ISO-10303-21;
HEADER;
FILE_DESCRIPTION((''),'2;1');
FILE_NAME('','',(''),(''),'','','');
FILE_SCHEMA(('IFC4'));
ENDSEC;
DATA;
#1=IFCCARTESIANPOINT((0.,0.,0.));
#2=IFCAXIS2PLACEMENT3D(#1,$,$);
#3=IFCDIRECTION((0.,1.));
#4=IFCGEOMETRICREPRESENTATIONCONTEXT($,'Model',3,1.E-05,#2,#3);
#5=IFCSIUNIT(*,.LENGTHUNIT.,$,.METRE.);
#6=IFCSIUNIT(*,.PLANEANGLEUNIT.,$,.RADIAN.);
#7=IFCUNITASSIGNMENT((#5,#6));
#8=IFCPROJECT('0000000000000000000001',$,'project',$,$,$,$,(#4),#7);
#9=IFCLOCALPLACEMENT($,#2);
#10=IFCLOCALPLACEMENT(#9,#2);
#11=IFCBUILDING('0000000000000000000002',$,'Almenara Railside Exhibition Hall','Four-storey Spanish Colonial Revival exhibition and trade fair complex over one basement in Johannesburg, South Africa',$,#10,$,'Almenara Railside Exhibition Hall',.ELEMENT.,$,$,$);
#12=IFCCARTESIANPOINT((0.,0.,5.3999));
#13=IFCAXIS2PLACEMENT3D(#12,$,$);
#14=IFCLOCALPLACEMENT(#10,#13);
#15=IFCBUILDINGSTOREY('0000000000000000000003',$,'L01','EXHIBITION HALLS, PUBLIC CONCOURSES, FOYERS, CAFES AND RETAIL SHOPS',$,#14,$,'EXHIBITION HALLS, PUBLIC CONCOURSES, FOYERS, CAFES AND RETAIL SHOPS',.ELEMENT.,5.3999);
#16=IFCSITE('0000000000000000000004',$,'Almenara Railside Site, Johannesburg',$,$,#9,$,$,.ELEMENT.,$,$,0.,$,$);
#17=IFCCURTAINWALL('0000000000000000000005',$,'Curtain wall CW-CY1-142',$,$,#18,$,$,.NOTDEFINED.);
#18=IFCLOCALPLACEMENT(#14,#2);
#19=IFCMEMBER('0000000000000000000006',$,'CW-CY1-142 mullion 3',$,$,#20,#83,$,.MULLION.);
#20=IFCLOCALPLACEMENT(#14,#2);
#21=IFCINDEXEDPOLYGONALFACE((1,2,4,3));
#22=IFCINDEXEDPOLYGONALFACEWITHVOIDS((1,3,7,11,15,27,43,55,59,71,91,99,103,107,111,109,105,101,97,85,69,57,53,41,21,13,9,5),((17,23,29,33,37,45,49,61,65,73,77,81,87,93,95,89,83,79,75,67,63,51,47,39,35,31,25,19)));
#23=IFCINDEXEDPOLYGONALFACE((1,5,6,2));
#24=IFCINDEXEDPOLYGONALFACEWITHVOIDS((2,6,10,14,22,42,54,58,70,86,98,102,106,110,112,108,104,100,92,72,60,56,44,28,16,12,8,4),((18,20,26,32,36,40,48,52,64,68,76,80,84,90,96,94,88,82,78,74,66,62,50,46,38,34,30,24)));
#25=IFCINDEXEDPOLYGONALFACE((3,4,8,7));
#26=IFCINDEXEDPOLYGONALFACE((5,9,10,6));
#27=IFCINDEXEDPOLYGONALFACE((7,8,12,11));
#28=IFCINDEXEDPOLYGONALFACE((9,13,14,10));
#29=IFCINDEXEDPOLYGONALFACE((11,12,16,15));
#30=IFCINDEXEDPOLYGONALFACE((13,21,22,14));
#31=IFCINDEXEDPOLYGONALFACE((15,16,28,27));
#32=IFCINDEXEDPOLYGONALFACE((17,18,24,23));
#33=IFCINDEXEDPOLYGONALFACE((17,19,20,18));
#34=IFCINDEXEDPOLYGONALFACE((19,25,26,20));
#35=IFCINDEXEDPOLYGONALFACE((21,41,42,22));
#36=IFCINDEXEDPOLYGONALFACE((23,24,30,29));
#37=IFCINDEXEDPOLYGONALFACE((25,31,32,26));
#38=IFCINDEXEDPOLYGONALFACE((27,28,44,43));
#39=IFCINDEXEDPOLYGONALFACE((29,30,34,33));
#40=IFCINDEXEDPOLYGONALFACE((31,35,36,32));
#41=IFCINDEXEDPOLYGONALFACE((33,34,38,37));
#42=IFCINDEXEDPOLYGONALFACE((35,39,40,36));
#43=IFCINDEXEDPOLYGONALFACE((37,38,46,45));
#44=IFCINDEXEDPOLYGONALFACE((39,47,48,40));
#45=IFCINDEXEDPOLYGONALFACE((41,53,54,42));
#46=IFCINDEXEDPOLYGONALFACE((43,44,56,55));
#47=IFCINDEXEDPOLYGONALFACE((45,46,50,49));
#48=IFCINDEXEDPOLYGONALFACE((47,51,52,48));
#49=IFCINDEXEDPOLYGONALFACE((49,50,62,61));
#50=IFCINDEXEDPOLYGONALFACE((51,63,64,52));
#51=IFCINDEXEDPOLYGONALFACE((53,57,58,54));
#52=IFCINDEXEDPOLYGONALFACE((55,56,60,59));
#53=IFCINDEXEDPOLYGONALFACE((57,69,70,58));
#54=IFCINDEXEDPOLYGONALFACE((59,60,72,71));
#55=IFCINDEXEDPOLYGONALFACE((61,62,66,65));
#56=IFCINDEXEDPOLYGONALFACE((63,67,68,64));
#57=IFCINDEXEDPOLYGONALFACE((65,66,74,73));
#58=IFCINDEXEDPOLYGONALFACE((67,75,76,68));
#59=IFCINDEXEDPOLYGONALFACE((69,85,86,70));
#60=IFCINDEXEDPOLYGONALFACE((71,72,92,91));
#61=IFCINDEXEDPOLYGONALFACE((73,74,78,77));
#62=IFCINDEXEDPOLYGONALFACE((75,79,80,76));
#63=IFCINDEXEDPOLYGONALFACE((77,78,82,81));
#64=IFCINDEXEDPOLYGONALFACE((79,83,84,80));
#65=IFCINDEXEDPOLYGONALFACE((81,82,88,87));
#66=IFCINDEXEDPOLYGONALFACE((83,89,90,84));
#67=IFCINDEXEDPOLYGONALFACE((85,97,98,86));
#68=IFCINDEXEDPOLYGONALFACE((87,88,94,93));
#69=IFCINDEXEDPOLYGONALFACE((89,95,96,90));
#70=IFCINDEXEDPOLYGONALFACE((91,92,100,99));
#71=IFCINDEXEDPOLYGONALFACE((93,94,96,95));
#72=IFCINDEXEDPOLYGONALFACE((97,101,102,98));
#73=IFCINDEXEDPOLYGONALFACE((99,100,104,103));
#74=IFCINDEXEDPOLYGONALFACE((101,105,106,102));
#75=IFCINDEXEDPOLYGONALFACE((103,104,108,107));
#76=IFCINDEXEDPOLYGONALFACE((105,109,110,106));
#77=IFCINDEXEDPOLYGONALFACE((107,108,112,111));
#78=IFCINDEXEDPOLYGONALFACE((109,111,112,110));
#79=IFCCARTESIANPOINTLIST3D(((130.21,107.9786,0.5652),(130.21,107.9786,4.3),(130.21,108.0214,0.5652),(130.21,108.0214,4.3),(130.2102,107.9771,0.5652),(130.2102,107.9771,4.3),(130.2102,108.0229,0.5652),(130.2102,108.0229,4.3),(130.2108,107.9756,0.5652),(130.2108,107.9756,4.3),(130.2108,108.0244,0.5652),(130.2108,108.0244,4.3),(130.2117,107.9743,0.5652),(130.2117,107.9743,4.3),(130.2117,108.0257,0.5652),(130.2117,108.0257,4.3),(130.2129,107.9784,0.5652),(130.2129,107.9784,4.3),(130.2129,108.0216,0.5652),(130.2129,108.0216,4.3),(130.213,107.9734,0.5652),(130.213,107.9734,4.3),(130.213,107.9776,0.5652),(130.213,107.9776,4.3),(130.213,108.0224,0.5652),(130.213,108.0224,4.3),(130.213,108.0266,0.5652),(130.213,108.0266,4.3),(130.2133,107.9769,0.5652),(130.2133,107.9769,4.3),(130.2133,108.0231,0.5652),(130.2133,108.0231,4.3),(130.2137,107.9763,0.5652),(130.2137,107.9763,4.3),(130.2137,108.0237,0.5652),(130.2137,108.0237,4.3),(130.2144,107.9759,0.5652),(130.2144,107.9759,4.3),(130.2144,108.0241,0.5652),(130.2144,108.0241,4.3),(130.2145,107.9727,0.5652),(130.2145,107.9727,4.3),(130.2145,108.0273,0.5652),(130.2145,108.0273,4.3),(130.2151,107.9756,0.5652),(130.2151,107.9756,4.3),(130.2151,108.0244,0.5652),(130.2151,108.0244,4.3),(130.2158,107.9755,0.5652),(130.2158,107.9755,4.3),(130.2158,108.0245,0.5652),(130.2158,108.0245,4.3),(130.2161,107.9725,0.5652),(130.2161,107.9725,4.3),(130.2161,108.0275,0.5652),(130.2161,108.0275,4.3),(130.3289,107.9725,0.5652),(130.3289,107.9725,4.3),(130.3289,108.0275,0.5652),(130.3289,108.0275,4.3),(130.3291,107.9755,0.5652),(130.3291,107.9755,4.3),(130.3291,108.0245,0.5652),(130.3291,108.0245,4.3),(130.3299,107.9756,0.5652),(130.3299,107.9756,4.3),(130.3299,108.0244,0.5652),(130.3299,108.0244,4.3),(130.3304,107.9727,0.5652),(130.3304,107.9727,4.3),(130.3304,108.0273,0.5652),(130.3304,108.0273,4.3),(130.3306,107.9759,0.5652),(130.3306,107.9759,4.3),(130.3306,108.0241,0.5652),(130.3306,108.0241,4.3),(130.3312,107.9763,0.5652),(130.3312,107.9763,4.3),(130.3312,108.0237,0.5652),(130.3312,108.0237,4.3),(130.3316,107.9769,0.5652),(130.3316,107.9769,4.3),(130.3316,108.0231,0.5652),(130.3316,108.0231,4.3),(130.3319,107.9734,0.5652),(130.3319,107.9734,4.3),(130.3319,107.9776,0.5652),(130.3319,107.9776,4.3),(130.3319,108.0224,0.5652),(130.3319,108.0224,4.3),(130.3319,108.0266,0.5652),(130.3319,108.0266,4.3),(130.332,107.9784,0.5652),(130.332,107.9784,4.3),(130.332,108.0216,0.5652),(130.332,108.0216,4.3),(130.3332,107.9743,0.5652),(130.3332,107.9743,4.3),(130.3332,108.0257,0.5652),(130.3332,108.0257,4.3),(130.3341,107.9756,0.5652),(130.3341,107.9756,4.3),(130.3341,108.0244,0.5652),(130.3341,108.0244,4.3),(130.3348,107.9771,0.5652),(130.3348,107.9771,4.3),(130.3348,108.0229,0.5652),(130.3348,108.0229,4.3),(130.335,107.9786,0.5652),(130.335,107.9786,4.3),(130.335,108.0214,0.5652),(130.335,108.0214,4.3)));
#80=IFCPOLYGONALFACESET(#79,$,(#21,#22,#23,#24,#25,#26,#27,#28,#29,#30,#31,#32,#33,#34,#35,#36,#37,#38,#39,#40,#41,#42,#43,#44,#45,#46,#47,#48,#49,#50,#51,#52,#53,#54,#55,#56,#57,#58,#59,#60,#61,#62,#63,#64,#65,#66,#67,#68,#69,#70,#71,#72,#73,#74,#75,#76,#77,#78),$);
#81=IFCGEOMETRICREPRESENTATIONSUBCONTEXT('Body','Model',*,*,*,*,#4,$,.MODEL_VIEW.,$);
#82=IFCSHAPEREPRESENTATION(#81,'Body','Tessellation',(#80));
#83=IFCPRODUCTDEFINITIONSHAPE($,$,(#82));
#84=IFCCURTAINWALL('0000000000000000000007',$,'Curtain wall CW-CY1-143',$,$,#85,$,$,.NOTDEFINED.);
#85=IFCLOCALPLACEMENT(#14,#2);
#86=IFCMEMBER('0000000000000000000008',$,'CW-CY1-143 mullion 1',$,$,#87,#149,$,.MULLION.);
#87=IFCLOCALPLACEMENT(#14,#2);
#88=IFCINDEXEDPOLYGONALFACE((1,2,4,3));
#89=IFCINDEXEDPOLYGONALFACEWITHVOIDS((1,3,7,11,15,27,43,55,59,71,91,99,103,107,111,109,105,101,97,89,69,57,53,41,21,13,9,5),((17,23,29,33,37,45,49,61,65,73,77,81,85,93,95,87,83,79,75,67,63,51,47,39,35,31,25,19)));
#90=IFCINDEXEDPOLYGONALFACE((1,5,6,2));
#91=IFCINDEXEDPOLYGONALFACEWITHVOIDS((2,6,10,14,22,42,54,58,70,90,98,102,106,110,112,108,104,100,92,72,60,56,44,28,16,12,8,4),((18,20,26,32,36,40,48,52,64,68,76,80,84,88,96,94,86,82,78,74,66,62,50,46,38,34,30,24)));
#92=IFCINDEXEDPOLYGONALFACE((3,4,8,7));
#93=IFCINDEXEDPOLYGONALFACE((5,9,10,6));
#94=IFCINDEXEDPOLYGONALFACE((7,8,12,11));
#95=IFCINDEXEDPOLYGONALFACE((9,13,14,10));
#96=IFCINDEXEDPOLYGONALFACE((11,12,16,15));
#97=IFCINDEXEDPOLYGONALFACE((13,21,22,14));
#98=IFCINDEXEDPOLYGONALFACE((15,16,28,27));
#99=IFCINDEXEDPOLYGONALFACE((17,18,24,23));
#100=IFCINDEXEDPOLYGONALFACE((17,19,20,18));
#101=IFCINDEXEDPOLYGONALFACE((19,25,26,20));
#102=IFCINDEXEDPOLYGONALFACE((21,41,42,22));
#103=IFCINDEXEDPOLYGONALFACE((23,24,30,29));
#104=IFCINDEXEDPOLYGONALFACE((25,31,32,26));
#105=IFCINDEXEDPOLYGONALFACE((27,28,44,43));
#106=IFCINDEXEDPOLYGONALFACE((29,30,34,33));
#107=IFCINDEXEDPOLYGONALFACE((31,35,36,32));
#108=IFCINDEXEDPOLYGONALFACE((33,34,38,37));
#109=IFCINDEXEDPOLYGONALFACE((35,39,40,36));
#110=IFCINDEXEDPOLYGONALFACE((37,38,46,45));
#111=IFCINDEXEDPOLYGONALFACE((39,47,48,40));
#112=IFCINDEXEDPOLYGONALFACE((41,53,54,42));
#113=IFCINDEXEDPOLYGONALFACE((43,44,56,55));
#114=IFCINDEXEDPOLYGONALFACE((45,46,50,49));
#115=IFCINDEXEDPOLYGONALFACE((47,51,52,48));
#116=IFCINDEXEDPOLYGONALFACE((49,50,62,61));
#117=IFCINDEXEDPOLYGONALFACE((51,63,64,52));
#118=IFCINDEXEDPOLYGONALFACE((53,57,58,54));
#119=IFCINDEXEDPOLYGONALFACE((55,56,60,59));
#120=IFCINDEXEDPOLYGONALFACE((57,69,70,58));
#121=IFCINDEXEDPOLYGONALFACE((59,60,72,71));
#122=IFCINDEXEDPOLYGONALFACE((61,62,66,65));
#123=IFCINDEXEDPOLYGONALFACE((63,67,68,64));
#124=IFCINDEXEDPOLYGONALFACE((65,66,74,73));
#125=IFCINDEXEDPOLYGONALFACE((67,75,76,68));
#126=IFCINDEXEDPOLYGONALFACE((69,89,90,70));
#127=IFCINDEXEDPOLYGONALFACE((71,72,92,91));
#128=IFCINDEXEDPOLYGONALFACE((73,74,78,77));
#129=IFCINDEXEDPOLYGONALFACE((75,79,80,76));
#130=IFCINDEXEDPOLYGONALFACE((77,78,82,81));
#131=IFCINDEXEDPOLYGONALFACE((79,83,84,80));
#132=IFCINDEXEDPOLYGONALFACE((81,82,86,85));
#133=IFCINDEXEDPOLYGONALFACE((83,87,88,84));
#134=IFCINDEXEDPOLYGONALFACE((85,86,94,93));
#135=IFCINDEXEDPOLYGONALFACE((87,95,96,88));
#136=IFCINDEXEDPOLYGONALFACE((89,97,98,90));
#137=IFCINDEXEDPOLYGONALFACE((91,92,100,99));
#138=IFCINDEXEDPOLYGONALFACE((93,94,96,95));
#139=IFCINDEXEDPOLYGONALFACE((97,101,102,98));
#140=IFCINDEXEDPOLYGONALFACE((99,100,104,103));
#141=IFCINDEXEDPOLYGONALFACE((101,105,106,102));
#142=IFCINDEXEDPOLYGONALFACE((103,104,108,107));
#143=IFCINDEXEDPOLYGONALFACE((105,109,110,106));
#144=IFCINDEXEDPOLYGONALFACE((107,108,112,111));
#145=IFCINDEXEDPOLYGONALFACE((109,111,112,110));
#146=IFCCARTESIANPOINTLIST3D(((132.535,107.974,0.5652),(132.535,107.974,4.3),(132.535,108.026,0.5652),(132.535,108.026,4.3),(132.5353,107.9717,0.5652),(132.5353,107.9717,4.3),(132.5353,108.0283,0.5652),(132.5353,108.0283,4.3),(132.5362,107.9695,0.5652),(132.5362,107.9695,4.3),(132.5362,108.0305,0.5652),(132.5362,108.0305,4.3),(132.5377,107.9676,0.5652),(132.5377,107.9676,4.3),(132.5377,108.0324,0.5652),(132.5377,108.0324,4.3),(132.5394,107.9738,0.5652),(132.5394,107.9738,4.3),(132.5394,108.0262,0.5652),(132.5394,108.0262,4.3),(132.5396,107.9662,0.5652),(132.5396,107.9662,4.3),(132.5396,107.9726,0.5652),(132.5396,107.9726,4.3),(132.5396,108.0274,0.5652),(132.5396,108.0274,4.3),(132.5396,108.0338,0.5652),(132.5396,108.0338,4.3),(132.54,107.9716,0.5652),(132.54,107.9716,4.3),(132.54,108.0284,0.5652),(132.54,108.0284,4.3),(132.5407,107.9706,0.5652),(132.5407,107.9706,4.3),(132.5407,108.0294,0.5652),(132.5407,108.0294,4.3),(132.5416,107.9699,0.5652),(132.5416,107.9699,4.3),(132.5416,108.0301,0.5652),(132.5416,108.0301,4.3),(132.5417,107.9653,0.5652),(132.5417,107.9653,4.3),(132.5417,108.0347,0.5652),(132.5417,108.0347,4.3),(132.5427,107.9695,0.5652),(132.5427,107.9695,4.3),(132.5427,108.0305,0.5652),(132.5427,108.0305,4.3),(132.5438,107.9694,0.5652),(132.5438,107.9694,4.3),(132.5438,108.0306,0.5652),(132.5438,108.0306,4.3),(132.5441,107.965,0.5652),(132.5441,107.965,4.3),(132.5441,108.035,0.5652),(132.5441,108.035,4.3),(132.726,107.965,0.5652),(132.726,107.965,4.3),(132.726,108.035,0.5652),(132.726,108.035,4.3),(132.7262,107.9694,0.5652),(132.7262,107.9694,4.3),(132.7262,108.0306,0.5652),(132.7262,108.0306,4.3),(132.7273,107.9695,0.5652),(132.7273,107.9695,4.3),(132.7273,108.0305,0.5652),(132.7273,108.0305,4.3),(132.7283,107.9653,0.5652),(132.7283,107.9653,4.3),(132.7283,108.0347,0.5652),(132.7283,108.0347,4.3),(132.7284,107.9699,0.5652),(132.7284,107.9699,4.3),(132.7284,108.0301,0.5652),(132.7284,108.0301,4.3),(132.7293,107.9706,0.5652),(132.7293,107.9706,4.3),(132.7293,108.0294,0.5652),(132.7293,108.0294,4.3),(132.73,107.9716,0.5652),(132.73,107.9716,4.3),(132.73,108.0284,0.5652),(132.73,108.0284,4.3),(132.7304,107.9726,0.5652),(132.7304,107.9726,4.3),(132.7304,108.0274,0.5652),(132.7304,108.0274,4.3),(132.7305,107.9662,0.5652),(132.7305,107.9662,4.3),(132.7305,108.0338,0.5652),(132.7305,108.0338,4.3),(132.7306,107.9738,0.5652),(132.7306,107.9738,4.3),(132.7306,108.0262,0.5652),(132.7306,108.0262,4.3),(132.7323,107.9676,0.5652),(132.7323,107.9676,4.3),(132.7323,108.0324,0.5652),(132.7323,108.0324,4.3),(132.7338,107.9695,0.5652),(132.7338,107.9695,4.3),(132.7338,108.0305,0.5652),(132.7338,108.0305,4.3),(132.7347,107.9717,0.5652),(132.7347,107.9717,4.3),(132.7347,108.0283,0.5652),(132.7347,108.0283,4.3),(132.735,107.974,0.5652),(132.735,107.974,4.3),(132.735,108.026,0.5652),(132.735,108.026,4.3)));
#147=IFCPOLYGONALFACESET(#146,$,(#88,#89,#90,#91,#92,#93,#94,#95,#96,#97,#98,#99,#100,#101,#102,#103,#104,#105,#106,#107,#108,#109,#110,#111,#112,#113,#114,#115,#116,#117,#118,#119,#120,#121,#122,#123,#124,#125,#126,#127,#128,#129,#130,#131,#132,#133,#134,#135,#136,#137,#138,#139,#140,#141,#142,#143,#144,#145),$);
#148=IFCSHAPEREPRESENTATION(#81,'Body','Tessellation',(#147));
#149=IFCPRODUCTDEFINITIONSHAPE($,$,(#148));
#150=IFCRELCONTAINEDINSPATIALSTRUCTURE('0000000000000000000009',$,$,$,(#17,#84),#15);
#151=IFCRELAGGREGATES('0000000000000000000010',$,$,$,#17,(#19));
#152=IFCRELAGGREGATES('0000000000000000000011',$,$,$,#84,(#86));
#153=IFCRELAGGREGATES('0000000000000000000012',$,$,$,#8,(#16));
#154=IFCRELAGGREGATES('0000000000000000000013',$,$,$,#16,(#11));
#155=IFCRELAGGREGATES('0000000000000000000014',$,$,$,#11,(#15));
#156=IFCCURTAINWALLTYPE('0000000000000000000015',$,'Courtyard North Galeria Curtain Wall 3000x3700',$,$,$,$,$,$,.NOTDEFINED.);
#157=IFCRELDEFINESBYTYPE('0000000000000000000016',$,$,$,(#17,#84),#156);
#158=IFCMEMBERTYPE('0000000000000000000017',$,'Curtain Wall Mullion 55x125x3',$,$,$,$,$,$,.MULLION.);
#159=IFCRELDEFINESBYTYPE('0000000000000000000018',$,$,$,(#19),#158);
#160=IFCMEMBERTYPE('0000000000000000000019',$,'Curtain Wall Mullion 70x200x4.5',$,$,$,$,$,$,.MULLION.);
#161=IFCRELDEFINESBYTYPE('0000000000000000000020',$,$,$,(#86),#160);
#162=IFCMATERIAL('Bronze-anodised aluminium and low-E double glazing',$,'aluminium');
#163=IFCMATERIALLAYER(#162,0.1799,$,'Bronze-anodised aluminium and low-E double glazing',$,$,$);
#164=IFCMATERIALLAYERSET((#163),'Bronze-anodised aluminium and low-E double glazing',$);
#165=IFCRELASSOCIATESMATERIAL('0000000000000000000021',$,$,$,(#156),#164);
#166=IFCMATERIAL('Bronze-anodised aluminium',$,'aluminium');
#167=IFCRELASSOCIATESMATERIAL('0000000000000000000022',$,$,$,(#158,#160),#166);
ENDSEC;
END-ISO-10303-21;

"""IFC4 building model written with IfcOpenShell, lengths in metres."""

from ifc_helpers import new_model, si_unit, direction, frame, origin, origin_2d, place, context, subcontext, project, spatial, hollow_rectangle, extrude, material, layer, layer_set, material_profile, profile_set, type_object, element, aggregate, save


model = new_model("IFC4")

# Units and contexts
model_context = context("Model", 3, precision=1e-05, world=origin(), true_north=direction((0.0, 1.0)))
body_context = subcontext(model_context, "Body", "Model", "MODEL_VIEW")
ifc_project = project(units=[si_unit("LENGTHUNIT", "METRE"), si_unit("PLANEANGLEUNIT", "RADIAN")], contexts=[model_context])

# Site, building, storey
site_placement = place(None, origin())
site = spatial("IfcSite", under=ifc_project, at=site_placement, Name="Almenara Railside Site, Johannesburg", CompositionType="ELEMENT", RefElevation=0.0)
building_placement = place(site_placement, origin())
building = spatial("IfcBuilding", under=site, at=building_placement, Name="Almenara Railside Exhibition Hall", Description="Four-storey Spanish Colonial Revival exhibition and trade fair complex over one basement in Johannesburg, South Africa", LongName="Almenara Railside Exhibition Hall", CompositionType="ELEMENT")
storey_placement = place(building_placement, frame((0.0, 0.0, 5.3999)))
storey = spatial("IfcBuildingStorey", under=building, at=storey_placement, Name="L01", Description="EXHIBITION HALLS, PUBLIC CONCOURSES, FOYERS, CAFES AND RETAIL SHOPS", LongName="EXHIBITION HALLS, PUBLIC CONCOURSES, FOYERS, CAFES AND RETAIL SHOPS", CompositionType="ELEMENT", Elevation=5.3999)

# Curtain wall, member
ifc_material_1 = material(Name="Bronze-anodised aluminium and low-E double glazing", Category="aluminium")
ifc_layer_1 = layer(ifc_material_1, 0.1799, Name="Bronze-anodised aluminium and low-E double glazing")
ifc_layer_set_1 = layer_set([ifc_layer_1], Name="Bronze-anodised aluminium and low-E double glazing")
curtain_wall_type = type_object("IfcCurtainWallType", Name="Courtyard North Galeria Curtain Wall 3000x3700", PredefinedType="NOTDEFINED", material=ifc_layer_set_1)
curtain_wall_1_placement = place(storey_placement, origin())
curtain_wall_1 = element("IfcCurtainWall", 1, at=curtain_wall_1_placement, inside=storey, type_object=curtain_wall_type, Name="Curtain wall CW-CY1-142", PredefinedType="NOTDEFINED")
ifc_material_2 = material(Name="Bronze-anodised aluminium", Category="aluminium")
ifc_material_profile_1 = material_profile(ifc_material_2, hollow_rectangle(XDim=0.0549, YDim=0.125, WallThickness=0.0029, InnerFilletRadius=0.0029, OuterFilletRadius=0.0061, at=origin_2d()), Name="ALU-MUL 55x125x3")
ifc_profile_set_1 = profile_set([ifc_material_profile_1], Name="Bronze-anodised aluminium")
member_type_1 = type_object("IfcMemberType", Name="Curtain Wall Mullion 55x125x3", PredefinedType="MULLION", material=ifc_profile_set_1)
member_1_placement = place(storey_placement, frame((130.2725, 108.0, 0.5652), z_axis=(0.0, 0.0, 1.0), x_axis=(0.0, 1.0, 0.0)))
member_1 = element("IfcMember", 2, at=member_1_placement, type_object=member_type_1, Name="CW-CY1-142 mullion 3", PredefinedType="MULLION", context=body_context, shape_type="SweptSolid", body=[
    extrude(hollow_rectangle(XDim=0.0549, YDim=0.125, WallThickness=0.0029, InnerFilletRadius=0.0029, OuterFilletRadius=0.0061, at=origin_2d()), origin(), (0.0, 0.0, 1.0), 3.7349),
])

# Curtain wall, member
curtain_wall_2_placement = place(storey_placement, origin())
curtain_wall_2 = element("IfcCurtainWall", 3, at=curtain_wall_2_placement, inside=storey, type_object=curtain_wall_type, Name="Curtain wall CW-CY1-143", PredefinedType="NOTDEFINED")
ifc_material_profile_2 = material_profile(ifc_material_2, hollow_rectangle(XDim=0.0701, YDim=0.2, WallThickness=0.0044, InnerFilletRadius=0.0044, OuterFilletRadius=0.009, at=origin_2d()), Name="ALU-MUL 70x200x4.5")
ifc_profile_set_2 = profile_set([ifc_material_profile_2], Name="Bronze-anodised aluminium")
member_type_2 = type_object("IfcMemberType", Name="Curtain Wall Mullion 70x200x4.5", PredefinedType="MULLION", material=ifc_profile_set_2)
member_2_placement = place(storey_placement, frame((132.635, 108.0, 0.5652), z_axis=(0.0, 0.0, 1.0), x_axis=(0.0, 1.0, 0.0)))
member_2 = element("IfcMember", 4, at=member_2_placement, type_object=member_type_2, Name="CW-CY1-143 mullion 1", PredefinedType="MULLION", context=body_context, shape_type="SweptSolid", body=[
    extrude(hollow_rectangle(XDim=0.0701, YDim=0.2, WallThickness=0.0044, InnerFilletRadius=0.0044, OuterFilletRadius=0.009, at=origin_2d()), origin(), (0.0, 0.0, 1.0), 3.7349),
])

aggregate(curtain_wall_1, [member_1])
aggregate(curtain_wall_2, [member_2])

save(model, "model.ifc")
